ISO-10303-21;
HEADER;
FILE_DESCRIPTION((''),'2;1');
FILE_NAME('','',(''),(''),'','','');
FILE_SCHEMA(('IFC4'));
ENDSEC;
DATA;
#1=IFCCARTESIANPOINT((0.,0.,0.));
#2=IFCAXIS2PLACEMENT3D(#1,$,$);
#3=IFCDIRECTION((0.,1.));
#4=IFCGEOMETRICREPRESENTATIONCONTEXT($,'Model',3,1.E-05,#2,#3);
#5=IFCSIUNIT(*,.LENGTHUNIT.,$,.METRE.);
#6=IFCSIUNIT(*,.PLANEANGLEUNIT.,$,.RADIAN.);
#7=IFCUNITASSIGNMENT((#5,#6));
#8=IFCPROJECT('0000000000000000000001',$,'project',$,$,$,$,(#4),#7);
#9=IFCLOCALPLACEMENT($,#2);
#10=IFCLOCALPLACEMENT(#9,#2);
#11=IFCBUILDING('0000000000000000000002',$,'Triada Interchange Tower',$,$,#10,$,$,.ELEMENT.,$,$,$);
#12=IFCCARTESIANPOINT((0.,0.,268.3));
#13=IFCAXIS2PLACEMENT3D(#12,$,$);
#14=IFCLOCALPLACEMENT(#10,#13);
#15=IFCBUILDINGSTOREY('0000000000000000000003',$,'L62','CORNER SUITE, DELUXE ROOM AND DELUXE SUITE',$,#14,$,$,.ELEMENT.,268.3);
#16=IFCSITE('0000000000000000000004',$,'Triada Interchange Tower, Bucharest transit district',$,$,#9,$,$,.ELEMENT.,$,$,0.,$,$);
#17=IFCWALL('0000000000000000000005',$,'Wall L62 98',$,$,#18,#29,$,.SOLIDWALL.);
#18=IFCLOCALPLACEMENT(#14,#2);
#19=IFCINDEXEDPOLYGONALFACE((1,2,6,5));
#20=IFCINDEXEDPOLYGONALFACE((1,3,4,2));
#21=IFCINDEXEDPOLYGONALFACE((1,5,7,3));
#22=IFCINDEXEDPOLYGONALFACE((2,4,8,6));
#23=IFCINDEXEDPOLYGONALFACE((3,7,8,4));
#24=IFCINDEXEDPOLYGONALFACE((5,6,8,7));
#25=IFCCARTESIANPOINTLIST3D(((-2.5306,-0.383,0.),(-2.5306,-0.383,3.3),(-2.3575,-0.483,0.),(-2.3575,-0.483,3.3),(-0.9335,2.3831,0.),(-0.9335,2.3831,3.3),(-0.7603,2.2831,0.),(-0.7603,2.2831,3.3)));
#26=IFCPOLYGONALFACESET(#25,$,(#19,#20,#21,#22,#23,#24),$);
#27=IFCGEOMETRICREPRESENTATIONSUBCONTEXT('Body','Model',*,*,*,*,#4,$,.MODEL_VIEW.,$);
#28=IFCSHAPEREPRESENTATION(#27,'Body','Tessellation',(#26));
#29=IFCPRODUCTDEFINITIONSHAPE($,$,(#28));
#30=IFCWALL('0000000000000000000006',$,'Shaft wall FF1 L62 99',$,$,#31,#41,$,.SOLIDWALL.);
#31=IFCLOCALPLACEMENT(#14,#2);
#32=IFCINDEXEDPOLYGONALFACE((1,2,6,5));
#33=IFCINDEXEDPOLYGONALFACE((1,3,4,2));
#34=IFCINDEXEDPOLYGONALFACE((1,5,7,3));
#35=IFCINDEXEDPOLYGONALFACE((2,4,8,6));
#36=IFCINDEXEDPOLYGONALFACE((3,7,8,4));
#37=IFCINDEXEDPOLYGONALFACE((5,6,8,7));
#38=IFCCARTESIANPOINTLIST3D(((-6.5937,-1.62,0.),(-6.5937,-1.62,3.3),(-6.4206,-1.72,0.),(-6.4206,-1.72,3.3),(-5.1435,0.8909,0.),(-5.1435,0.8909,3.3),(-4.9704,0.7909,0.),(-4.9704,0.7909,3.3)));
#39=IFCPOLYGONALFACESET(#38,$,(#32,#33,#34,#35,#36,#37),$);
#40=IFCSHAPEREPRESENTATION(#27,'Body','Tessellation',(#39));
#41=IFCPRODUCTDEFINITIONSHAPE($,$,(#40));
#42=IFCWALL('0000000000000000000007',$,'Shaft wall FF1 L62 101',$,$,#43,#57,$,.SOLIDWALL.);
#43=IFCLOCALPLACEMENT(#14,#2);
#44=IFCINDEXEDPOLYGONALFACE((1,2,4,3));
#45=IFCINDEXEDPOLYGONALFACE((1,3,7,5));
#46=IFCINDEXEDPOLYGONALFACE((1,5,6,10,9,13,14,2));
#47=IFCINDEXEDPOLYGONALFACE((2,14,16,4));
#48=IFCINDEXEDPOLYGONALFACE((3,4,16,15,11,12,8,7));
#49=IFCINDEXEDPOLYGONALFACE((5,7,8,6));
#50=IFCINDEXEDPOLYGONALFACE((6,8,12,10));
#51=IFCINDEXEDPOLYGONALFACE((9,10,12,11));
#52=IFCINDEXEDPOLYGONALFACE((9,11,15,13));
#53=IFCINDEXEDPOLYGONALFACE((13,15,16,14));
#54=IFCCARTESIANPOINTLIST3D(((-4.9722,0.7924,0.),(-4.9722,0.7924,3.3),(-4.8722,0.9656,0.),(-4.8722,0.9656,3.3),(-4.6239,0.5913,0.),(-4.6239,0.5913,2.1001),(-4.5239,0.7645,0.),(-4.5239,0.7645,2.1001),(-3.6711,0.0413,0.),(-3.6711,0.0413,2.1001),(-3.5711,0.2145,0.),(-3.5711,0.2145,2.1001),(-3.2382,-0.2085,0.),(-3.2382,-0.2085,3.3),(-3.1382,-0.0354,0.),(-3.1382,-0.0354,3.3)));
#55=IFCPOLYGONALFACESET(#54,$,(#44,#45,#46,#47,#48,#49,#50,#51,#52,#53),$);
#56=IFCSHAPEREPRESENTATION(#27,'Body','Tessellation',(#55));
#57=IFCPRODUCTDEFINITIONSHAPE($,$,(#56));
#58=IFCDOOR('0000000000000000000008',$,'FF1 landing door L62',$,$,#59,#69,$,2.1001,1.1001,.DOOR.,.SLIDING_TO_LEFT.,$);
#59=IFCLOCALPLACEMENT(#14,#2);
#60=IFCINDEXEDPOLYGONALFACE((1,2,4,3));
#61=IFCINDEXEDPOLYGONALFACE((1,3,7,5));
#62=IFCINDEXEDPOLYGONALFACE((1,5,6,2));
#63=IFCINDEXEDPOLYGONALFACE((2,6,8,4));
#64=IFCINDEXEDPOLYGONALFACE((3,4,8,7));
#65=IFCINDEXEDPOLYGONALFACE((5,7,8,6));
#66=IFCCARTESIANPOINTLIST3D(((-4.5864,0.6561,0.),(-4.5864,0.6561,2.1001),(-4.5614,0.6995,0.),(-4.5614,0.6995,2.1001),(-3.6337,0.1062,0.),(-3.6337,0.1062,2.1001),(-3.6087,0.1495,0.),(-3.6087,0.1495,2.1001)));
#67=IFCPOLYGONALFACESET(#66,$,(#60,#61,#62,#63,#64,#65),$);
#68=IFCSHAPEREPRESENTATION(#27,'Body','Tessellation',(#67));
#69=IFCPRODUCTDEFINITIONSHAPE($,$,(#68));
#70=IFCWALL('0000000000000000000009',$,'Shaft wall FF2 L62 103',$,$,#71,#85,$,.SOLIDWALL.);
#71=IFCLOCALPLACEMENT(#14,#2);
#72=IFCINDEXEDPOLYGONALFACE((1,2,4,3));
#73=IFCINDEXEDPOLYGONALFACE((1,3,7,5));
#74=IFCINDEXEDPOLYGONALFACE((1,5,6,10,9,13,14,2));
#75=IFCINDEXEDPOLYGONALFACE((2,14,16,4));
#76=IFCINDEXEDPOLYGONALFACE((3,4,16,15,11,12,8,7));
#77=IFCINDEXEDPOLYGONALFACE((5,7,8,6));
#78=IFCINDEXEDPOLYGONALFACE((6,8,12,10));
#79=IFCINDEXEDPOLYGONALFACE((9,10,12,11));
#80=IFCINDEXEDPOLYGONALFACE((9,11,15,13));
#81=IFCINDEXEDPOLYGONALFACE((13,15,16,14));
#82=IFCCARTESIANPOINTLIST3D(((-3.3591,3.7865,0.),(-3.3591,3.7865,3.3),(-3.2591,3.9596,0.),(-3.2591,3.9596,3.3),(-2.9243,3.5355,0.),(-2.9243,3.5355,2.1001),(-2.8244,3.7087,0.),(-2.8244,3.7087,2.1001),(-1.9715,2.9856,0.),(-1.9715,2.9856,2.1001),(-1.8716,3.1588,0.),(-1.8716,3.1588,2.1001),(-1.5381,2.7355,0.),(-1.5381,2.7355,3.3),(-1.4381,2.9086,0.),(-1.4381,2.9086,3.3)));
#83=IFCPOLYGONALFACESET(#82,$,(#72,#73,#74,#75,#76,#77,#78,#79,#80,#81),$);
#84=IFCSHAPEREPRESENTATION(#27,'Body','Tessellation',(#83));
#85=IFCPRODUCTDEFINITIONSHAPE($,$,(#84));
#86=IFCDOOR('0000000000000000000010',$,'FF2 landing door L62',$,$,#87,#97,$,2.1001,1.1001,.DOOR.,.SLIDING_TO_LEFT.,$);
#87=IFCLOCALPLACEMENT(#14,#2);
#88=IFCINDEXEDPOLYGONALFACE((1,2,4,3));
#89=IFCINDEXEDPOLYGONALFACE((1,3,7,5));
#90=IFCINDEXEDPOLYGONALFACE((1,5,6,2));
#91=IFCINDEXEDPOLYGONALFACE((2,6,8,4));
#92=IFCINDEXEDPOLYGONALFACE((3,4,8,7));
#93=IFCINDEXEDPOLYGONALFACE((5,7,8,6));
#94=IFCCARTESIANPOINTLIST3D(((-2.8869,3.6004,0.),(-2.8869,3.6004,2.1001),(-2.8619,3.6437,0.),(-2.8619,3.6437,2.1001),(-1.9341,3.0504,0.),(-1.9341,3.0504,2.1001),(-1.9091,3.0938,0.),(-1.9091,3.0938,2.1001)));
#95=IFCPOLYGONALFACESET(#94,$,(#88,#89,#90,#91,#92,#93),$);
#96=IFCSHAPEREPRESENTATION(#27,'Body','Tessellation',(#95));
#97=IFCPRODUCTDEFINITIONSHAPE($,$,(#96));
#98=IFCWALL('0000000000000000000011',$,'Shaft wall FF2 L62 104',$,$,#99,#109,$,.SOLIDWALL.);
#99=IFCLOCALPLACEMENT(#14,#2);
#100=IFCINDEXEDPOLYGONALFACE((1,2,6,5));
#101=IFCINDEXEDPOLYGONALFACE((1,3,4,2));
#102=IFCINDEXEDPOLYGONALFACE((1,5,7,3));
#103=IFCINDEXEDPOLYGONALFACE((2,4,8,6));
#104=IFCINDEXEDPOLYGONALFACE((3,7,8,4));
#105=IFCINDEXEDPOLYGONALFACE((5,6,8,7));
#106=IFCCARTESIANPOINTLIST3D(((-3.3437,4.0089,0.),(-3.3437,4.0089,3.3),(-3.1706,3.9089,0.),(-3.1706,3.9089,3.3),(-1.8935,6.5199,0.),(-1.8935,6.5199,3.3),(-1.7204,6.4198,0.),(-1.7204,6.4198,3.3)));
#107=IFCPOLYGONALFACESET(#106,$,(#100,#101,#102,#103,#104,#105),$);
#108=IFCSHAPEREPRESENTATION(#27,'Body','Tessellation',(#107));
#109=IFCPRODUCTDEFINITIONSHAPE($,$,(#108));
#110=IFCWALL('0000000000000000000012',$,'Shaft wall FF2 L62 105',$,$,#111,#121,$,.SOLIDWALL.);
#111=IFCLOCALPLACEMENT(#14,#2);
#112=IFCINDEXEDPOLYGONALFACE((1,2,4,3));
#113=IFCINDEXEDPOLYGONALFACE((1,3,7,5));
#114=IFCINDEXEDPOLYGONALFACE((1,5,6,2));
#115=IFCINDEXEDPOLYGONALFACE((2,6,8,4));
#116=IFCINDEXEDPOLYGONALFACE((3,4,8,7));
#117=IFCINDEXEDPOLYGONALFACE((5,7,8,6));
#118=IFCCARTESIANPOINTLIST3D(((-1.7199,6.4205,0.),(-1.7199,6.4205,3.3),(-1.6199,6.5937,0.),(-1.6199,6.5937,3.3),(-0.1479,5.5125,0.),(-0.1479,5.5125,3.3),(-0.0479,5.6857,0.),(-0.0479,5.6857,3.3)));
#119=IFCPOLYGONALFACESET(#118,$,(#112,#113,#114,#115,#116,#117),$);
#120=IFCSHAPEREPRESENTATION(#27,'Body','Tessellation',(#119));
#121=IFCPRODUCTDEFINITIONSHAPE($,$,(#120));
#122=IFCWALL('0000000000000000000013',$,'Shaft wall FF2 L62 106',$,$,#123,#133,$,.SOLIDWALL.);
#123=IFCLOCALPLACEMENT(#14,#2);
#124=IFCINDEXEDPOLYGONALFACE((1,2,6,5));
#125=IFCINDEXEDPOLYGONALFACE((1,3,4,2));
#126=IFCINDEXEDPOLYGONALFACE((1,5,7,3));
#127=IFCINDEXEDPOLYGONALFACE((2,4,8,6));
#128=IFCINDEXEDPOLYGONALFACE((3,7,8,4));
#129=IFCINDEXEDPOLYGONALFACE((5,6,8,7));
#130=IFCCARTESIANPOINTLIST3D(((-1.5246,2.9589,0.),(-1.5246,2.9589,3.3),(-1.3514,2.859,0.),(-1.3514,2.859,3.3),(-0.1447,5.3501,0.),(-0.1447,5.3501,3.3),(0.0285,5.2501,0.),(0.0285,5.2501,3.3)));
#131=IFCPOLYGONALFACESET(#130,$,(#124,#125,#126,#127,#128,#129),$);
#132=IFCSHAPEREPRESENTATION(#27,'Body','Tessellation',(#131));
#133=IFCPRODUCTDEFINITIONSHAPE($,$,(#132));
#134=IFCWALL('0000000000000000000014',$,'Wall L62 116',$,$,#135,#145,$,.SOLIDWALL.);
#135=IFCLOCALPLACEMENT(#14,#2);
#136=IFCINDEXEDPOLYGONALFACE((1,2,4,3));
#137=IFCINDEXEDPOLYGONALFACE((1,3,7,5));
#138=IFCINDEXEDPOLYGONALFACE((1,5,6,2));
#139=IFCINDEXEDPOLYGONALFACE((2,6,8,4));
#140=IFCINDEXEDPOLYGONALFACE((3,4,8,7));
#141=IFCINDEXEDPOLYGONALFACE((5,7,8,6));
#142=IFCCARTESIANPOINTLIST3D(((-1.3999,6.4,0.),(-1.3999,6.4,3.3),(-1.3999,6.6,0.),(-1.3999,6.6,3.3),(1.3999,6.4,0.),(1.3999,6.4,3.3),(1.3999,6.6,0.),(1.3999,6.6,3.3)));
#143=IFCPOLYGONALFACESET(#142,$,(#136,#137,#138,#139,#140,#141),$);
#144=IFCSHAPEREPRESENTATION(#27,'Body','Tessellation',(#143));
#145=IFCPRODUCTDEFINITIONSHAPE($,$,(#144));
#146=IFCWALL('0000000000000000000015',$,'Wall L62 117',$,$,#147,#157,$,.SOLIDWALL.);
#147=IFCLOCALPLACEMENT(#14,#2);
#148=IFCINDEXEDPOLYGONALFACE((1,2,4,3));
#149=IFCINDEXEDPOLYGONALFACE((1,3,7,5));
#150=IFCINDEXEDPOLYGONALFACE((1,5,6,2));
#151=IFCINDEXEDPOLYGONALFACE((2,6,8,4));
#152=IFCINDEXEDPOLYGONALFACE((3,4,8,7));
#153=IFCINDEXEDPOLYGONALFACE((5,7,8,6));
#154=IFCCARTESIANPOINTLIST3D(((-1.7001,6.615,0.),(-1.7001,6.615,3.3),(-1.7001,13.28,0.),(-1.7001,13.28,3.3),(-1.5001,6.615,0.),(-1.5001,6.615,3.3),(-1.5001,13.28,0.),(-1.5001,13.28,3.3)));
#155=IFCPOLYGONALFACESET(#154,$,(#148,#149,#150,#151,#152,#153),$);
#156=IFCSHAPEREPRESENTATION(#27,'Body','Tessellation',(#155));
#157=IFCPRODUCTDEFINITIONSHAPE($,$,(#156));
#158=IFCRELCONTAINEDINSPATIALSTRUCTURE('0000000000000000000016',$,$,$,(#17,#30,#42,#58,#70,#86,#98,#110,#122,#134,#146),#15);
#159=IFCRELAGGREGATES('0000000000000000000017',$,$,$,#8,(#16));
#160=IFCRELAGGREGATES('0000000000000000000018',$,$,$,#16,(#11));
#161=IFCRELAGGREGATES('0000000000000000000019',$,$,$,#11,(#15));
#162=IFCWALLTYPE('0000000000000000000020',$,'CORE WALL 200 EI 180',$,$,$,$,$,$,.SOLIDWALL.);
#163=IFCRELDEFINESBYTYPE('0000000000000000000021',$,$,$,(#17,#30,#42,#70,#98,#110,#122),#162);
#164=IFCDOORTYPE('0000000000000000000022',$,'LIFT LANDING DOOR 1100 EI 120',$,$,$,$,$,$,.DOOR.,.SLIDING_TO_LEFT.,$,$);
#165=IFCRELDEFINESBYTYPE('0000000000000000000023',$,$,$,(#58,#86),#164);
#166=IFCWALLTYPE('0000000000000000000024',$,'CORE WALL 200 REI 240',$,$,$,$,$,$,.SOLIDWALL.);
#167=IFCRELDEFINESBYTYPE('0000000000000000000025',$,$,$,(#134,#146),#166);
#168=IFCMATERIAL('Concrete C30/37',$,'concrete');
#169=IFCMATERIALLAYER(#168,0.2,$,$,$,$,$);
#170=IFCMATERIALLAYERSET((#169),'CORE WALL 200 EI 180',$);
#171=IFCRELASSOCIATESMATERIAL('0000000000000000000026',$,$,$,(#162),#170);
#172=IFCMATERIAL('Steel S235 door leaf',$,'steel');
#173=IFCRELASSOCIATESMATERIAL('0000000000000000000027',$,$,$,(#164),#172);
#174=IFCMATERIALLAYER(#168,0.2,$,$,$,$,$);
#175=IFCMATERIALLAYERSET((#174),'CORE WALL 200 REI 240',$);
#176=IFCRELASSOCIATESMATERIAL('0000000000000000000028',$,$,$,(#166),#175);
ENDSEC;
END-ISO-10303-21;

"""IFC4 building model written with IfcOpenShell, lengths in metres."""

from ifc_helpers import new_model, si_unit, direction, frame, frame_2d, origin, place, context, subcontext, project, spatial, rectangle, extrude, material, layer, layer_set, type_object, element, fill, save


model = new_model("IFC4")

# Units and contexts
model_context = context("Model", 3, precision=1e-05, world=origin(), true_north=direction((0.0, 1.0)))
body_context = subcontext(model_context, "Body", "Model", "MODEL_VIEW")
ifc_project = project(units=[si_unit("LENGTHUNIT", "METRE"), si_unit("PLANEANGLEUNIT", "RADIAN")], contexts=[model_context])

# Site, building, storey
site_placement = place(None, origin())
site = spatial("IfcSite", under=ifc_project, at=site_placement, Name="Triada Interchange Tower, Bucharest transit district", CompositionType="ELEMENT", RefElevation=0.0)
building_placement = place(site_placement, origin())
building = spatial("IfcBuilding", under=site, at=building_placement, Name="Triada Interchange Tower", CompositionType="ELEMENT")
storey_placement = place(building_placement, frame((0.0, 0.0, 268.3)))
storey = spatial("IfcBuildingStorey", under=building, at=storey_placement, Name="L62", Description="CORNER SUITE, DELUXE ROOM AND DELUXE SUITE", CompositionType="ELEMENT", Elevation=268.3)

# Shared definitions
ifc_material_1 = material(Name="Concrete C30/37", Category="concrete")

# Shared definitions
ifc_layer_1 = layer(ifc_material_1, 0.2)
ifc_layer_set_1 = layer_set([ifc_layer_1], Name="CORE WALL 200 EI 180")
wall_type_1 = type_object("IfcWallType", Name="CORE WALL 200 EI 180", PredefinedType="SOLIDWALL", material=ifc_layer_set_1)
ifc_material_2 = material(Name="Steel S235 door leaf", Category="steel")
door_type_1 = type_object("IfcDoorType", Name="LIFT LANDING DOOR 1100 EI 120", OperationType="SLIDING_TO_LEFT", PredefinedType="DOOR", material=ifc_material_2)

# Walls
wall_1_placement = place(storey_placement, frame((-2.4441, -0.4331, 0.0), z_axis=(0.0, 0.0, 1.0), x_axis=(0.500036, 0.866005, 0.0)))
element("IfcWall", 1, at=wall_1_placement, inside=storey, type_object=wall_type_1, Name="Wall L62 98", PredefinedType="SOLIDWALL", context=body_context, shape_type="SweptSolid", body=[
    extrude(rectangle(XDim=3.1941, YDim=0.2, at=frame_2d((1.5972, 0.0))), origin(), (0.0, 0.0, 1.0), 3.3),
])
wall_2_placement = place(storey_placement, frame((-6.5071, -1.6699, 0.0), z_axis=(0.0, 0.0, 1.0), x_axis=(0.500123, 0.865954, 0.0)))
element("IfcWall", 2, at=wall_2_placement, inside=storey, type_object=wall_type_1, Name="Shaft wall FF1 L62 99", PredefinedType="SOLIDWALL", context=body_context, shape_type="SweptSolid", body=[
    extrude(rectangle(XDim=2.8997, YDim=0.2, at=frame_2d((1.4497, 0.0))), origin(), (0.0, 0.0, 1.0), 3.3),
])

# Walls, openings, doors
wall_3_placement = place(storey_placement, frame((-4.9221, 0.8789, 0.0), z_axis=(0.0, 0.0, 1.0), x_axis=(0.866074, -0.499916, 0.0)))
wall_3 = element("IfcWall", 3, at=wall_3_placement, inside=storey, type_object=wall_type_1, Name="Shaft wall FF1 L62 101", PredefinedType="SOLIDWALL", context=body_context, shape_type="SweptSolid", body=[
    extrude(rectangle(XDim=2.0022, YDim=0.2, at=frame_2d((1.001, 0.0))), origin(), (0.0, 0.0, 1.0), 3.3),
])
opening_1_placement = place(wall_3_placement, frame((0.4021, 0.0, 0.0)))
opening_1 = element("IfcOpeningElement", 4, at=opening_1_placement, cuts=wall_3, PredefinedType="OPENING", context=body_context, shape_type="SweptSolid", body=[
    extrude(rectangle(XDim=1.1001, YDim=2.1001, at=frame_2d((0.55, 1.05))), frame((0.0, 0.1099, 0.0), z_axis=(0.0, -1.0, 0.0), x_axis=(1.0, 0.0, 0.0)), (0.0, 0.0, 1.0), 0.22),
])
door_1_placement = place(opening_1_placement, origin())
door_1 = element("IfcDoor", 5, at=door_1_placement, inside=storey, type_object=door_type_1, Name="FF1 landing door L62", OperationType="SLIDING_TO_LEFT", OverallHeight=2.1001, OverallWidth=1.1001, PredefinedType="DOOR", context=body_context, shape_type="SweptSolid", body=[
    extrude(rectangle(XDim=1.1001, YDim=2.1001, at=frame_2d((0.55, 1.05))), frame((0.0, 0.0249, 0.0), z_axis=(0.0, -1.0, 0.0), x_axis=(1.0, 0.0, 0.0)), (0.0, 0.0, 1.0), 0.05),
])
fill(opening_1, door_1)
wall_4_placement = place(storey_placement, frame((-3.3091, 3.873, 0.0), z_axis=(0.0, 0.0, 1.0), x_axis=(0.866099, -0.499873, 0.0)))
wall_4 = element("IfcWall", 6, at=wall_4_placement, inside=storey, type_object=wall_type_1, Name="Shaft wall FF2 L62 103", PredefinedType="SOLIDWALL", context=body_context, shape_type="SweptSolid", body=[
    extrude(rectangle(XDim=2.1025, YDim=0.2, at=frame_2d((1.0513, 0.0))), origin(), (0.0, 0.0, 1.0), 3.3),
])
opening_2_placement = place(wall_4_placement, frame((0.502, 0.0, 0.0)))
opening_2 = element("IfcOpeningElement", 7, at=opening_2_placement, cuts=wall_4, PredefinedType="OPENING", context=body_context, shape_type="SweptSolid", body=[
    extrude(rectangle(XDim=1.1001, YDim=2.1001, at=frame_2d((0.55, 1.05))), frame((0.0, 0.1099, 0.0), z_axis=(0.0, -1.0, 0.0), x_axis=(1.0, 0.0, 0.0)), (0.0, 0.0, 1.0), 0.22),
])
door_2_placement = place(opening_2_placement, origin())
door_2 = element("IfcDoor", 8, at=door_2_placement, inside=storey, type_object=door_type_1, Name="FF2 landing door L62", OperationType="SLIDING_TO_LEFT", OverallHeight=2.1001, OverallWidth=1.1001, PredefinedType="DOOR", context=body_context, shape_type="SweptSolid", body=[
    extrude(rectangle(XDim=1.1001, YDim=2.1001, at=frame_2d((0.55, 1.05))), frame((0.0, 0.0249, 0.0), z_axis=(0.0, -1.0, 0.0), x_axis=(1.0, 0.0, 0.0)), (0.0, 0.0, 1.0), 0.05),
])
fill(opening_2, door_2)

# Walls
wall_5_placement = place(storey_placement, frame((-3.2571, 3.959, 0.0), z_axis=(0.0, 0.0, 1.0), x_axis=(0.500123, 0.865954, 0.0)))
element("IfcWall", 9, at=wall_5_placement, inside=storey, type_object=wall_type_1, Name="Shaft wall FF2 L62 104", PredefinedType="SOLIDWALL", context=body_context, shape_type="SweptSolid", body=[
    extrude(rectangle(XDim=2.8997, YDim=0.2, at=frame_2d((1.4497, 0.0))), origin(), (0.0, 0.0, 1.0), 3.3),
])
wall_6_placement = place(storey_placement, frame((-1.6699, 6.5071, 0.0), z_axis=(0.0, 0.0, 1.0), x_axis=(0.865941, -0.500145, 0.0)))
element("IfcWall", 10, at=wall_6_placement, inside=storey, type_object=wall_type_1, Name="Shaft wall FF2 L62 105", PredefinedType="SOLIDWALL", context=body_context, shape_type="SweptSolid", body=[
    extrude(rectangle(XDim=1.8154, YDim=0.2, at=frame_2d((0.9077, 0.0))), origin(), (0.0, 0.0, 1.0), 3.3),
])
wall_7_placement = place(storey_placement, frame((-1.438, 2.9089, 0.0), z_axis=(0.0, 0.0, 1.0), x_axis=(0.49983, 0.866124, 0.0)))
element("IfcWall", 11, at=wall_7_placement, inside=storey, type_object=wall_type_1, Name="Shaft wall FF2 L62 106", PredefinedType="SOLIDWALL", context=body_context, shape_type="SweptSolid", body=[
    extrude(rectangle(XDim=2.7607, YDim=0.2, at=frame_2d((1.3804, 0.0))), origin(), (0.0, 0.0, 1.0), 3.3),
])
ifc_layer_2 = layer(ifc_material_1, 0.2)
ifc_layer_set_2 = layer_set([ifc_layer_2], Name="CORE WALL 200 REI 240")
wall_type_2 = type_object("IfcWallType", Name="CORE WALL 200 REI 240", PredefinedType="SOLIDWALL", material=ifc_layer_set_2)
wall_8_placement = place(storey_placement, frame((-1.3999, 6.5, 0.0), z_axis=(0.0, 0.0, 1.0), x_axis=(1.0, 0.0, 0.0)))
element("IfcWall", 12, at=wall_8_placement, inside=storey, type_object=wall_type_2, Name="Wall L62 116", PredefinedType="SOLIDWALL", context=body_context, shape_type="SweptSolid", body=[
    extrude(rectangle(XDim=2.7998, YDim=0.2, at=frame_2d((1.3999, 0.0))), origin(), (0.0, 0.0, 1.0), 3.3),
])
wall_9_placement = place(storey_placement, frame((-1.6001, 6.615, 0.0), z_axis=(0.0, 0.0, 1.0), x_axis=(0.0, 1.0, 0.0)))
element("IfcWall", 13, at=wall_9_placement, inside=storey, type_object=wall_type_2, Name="Wall L62 117", PredefinedType="SOLIDWALL", context=body_context, shape_type="SweptSolid", body=[
    extrude(rectangle(XDim=6.665, YDim=0.2, at=frame_2d((3.3325, 0.0))), origin(), (0.0, 0.0, 1.0), 3.3),
])

save(model, "model.ifc")
